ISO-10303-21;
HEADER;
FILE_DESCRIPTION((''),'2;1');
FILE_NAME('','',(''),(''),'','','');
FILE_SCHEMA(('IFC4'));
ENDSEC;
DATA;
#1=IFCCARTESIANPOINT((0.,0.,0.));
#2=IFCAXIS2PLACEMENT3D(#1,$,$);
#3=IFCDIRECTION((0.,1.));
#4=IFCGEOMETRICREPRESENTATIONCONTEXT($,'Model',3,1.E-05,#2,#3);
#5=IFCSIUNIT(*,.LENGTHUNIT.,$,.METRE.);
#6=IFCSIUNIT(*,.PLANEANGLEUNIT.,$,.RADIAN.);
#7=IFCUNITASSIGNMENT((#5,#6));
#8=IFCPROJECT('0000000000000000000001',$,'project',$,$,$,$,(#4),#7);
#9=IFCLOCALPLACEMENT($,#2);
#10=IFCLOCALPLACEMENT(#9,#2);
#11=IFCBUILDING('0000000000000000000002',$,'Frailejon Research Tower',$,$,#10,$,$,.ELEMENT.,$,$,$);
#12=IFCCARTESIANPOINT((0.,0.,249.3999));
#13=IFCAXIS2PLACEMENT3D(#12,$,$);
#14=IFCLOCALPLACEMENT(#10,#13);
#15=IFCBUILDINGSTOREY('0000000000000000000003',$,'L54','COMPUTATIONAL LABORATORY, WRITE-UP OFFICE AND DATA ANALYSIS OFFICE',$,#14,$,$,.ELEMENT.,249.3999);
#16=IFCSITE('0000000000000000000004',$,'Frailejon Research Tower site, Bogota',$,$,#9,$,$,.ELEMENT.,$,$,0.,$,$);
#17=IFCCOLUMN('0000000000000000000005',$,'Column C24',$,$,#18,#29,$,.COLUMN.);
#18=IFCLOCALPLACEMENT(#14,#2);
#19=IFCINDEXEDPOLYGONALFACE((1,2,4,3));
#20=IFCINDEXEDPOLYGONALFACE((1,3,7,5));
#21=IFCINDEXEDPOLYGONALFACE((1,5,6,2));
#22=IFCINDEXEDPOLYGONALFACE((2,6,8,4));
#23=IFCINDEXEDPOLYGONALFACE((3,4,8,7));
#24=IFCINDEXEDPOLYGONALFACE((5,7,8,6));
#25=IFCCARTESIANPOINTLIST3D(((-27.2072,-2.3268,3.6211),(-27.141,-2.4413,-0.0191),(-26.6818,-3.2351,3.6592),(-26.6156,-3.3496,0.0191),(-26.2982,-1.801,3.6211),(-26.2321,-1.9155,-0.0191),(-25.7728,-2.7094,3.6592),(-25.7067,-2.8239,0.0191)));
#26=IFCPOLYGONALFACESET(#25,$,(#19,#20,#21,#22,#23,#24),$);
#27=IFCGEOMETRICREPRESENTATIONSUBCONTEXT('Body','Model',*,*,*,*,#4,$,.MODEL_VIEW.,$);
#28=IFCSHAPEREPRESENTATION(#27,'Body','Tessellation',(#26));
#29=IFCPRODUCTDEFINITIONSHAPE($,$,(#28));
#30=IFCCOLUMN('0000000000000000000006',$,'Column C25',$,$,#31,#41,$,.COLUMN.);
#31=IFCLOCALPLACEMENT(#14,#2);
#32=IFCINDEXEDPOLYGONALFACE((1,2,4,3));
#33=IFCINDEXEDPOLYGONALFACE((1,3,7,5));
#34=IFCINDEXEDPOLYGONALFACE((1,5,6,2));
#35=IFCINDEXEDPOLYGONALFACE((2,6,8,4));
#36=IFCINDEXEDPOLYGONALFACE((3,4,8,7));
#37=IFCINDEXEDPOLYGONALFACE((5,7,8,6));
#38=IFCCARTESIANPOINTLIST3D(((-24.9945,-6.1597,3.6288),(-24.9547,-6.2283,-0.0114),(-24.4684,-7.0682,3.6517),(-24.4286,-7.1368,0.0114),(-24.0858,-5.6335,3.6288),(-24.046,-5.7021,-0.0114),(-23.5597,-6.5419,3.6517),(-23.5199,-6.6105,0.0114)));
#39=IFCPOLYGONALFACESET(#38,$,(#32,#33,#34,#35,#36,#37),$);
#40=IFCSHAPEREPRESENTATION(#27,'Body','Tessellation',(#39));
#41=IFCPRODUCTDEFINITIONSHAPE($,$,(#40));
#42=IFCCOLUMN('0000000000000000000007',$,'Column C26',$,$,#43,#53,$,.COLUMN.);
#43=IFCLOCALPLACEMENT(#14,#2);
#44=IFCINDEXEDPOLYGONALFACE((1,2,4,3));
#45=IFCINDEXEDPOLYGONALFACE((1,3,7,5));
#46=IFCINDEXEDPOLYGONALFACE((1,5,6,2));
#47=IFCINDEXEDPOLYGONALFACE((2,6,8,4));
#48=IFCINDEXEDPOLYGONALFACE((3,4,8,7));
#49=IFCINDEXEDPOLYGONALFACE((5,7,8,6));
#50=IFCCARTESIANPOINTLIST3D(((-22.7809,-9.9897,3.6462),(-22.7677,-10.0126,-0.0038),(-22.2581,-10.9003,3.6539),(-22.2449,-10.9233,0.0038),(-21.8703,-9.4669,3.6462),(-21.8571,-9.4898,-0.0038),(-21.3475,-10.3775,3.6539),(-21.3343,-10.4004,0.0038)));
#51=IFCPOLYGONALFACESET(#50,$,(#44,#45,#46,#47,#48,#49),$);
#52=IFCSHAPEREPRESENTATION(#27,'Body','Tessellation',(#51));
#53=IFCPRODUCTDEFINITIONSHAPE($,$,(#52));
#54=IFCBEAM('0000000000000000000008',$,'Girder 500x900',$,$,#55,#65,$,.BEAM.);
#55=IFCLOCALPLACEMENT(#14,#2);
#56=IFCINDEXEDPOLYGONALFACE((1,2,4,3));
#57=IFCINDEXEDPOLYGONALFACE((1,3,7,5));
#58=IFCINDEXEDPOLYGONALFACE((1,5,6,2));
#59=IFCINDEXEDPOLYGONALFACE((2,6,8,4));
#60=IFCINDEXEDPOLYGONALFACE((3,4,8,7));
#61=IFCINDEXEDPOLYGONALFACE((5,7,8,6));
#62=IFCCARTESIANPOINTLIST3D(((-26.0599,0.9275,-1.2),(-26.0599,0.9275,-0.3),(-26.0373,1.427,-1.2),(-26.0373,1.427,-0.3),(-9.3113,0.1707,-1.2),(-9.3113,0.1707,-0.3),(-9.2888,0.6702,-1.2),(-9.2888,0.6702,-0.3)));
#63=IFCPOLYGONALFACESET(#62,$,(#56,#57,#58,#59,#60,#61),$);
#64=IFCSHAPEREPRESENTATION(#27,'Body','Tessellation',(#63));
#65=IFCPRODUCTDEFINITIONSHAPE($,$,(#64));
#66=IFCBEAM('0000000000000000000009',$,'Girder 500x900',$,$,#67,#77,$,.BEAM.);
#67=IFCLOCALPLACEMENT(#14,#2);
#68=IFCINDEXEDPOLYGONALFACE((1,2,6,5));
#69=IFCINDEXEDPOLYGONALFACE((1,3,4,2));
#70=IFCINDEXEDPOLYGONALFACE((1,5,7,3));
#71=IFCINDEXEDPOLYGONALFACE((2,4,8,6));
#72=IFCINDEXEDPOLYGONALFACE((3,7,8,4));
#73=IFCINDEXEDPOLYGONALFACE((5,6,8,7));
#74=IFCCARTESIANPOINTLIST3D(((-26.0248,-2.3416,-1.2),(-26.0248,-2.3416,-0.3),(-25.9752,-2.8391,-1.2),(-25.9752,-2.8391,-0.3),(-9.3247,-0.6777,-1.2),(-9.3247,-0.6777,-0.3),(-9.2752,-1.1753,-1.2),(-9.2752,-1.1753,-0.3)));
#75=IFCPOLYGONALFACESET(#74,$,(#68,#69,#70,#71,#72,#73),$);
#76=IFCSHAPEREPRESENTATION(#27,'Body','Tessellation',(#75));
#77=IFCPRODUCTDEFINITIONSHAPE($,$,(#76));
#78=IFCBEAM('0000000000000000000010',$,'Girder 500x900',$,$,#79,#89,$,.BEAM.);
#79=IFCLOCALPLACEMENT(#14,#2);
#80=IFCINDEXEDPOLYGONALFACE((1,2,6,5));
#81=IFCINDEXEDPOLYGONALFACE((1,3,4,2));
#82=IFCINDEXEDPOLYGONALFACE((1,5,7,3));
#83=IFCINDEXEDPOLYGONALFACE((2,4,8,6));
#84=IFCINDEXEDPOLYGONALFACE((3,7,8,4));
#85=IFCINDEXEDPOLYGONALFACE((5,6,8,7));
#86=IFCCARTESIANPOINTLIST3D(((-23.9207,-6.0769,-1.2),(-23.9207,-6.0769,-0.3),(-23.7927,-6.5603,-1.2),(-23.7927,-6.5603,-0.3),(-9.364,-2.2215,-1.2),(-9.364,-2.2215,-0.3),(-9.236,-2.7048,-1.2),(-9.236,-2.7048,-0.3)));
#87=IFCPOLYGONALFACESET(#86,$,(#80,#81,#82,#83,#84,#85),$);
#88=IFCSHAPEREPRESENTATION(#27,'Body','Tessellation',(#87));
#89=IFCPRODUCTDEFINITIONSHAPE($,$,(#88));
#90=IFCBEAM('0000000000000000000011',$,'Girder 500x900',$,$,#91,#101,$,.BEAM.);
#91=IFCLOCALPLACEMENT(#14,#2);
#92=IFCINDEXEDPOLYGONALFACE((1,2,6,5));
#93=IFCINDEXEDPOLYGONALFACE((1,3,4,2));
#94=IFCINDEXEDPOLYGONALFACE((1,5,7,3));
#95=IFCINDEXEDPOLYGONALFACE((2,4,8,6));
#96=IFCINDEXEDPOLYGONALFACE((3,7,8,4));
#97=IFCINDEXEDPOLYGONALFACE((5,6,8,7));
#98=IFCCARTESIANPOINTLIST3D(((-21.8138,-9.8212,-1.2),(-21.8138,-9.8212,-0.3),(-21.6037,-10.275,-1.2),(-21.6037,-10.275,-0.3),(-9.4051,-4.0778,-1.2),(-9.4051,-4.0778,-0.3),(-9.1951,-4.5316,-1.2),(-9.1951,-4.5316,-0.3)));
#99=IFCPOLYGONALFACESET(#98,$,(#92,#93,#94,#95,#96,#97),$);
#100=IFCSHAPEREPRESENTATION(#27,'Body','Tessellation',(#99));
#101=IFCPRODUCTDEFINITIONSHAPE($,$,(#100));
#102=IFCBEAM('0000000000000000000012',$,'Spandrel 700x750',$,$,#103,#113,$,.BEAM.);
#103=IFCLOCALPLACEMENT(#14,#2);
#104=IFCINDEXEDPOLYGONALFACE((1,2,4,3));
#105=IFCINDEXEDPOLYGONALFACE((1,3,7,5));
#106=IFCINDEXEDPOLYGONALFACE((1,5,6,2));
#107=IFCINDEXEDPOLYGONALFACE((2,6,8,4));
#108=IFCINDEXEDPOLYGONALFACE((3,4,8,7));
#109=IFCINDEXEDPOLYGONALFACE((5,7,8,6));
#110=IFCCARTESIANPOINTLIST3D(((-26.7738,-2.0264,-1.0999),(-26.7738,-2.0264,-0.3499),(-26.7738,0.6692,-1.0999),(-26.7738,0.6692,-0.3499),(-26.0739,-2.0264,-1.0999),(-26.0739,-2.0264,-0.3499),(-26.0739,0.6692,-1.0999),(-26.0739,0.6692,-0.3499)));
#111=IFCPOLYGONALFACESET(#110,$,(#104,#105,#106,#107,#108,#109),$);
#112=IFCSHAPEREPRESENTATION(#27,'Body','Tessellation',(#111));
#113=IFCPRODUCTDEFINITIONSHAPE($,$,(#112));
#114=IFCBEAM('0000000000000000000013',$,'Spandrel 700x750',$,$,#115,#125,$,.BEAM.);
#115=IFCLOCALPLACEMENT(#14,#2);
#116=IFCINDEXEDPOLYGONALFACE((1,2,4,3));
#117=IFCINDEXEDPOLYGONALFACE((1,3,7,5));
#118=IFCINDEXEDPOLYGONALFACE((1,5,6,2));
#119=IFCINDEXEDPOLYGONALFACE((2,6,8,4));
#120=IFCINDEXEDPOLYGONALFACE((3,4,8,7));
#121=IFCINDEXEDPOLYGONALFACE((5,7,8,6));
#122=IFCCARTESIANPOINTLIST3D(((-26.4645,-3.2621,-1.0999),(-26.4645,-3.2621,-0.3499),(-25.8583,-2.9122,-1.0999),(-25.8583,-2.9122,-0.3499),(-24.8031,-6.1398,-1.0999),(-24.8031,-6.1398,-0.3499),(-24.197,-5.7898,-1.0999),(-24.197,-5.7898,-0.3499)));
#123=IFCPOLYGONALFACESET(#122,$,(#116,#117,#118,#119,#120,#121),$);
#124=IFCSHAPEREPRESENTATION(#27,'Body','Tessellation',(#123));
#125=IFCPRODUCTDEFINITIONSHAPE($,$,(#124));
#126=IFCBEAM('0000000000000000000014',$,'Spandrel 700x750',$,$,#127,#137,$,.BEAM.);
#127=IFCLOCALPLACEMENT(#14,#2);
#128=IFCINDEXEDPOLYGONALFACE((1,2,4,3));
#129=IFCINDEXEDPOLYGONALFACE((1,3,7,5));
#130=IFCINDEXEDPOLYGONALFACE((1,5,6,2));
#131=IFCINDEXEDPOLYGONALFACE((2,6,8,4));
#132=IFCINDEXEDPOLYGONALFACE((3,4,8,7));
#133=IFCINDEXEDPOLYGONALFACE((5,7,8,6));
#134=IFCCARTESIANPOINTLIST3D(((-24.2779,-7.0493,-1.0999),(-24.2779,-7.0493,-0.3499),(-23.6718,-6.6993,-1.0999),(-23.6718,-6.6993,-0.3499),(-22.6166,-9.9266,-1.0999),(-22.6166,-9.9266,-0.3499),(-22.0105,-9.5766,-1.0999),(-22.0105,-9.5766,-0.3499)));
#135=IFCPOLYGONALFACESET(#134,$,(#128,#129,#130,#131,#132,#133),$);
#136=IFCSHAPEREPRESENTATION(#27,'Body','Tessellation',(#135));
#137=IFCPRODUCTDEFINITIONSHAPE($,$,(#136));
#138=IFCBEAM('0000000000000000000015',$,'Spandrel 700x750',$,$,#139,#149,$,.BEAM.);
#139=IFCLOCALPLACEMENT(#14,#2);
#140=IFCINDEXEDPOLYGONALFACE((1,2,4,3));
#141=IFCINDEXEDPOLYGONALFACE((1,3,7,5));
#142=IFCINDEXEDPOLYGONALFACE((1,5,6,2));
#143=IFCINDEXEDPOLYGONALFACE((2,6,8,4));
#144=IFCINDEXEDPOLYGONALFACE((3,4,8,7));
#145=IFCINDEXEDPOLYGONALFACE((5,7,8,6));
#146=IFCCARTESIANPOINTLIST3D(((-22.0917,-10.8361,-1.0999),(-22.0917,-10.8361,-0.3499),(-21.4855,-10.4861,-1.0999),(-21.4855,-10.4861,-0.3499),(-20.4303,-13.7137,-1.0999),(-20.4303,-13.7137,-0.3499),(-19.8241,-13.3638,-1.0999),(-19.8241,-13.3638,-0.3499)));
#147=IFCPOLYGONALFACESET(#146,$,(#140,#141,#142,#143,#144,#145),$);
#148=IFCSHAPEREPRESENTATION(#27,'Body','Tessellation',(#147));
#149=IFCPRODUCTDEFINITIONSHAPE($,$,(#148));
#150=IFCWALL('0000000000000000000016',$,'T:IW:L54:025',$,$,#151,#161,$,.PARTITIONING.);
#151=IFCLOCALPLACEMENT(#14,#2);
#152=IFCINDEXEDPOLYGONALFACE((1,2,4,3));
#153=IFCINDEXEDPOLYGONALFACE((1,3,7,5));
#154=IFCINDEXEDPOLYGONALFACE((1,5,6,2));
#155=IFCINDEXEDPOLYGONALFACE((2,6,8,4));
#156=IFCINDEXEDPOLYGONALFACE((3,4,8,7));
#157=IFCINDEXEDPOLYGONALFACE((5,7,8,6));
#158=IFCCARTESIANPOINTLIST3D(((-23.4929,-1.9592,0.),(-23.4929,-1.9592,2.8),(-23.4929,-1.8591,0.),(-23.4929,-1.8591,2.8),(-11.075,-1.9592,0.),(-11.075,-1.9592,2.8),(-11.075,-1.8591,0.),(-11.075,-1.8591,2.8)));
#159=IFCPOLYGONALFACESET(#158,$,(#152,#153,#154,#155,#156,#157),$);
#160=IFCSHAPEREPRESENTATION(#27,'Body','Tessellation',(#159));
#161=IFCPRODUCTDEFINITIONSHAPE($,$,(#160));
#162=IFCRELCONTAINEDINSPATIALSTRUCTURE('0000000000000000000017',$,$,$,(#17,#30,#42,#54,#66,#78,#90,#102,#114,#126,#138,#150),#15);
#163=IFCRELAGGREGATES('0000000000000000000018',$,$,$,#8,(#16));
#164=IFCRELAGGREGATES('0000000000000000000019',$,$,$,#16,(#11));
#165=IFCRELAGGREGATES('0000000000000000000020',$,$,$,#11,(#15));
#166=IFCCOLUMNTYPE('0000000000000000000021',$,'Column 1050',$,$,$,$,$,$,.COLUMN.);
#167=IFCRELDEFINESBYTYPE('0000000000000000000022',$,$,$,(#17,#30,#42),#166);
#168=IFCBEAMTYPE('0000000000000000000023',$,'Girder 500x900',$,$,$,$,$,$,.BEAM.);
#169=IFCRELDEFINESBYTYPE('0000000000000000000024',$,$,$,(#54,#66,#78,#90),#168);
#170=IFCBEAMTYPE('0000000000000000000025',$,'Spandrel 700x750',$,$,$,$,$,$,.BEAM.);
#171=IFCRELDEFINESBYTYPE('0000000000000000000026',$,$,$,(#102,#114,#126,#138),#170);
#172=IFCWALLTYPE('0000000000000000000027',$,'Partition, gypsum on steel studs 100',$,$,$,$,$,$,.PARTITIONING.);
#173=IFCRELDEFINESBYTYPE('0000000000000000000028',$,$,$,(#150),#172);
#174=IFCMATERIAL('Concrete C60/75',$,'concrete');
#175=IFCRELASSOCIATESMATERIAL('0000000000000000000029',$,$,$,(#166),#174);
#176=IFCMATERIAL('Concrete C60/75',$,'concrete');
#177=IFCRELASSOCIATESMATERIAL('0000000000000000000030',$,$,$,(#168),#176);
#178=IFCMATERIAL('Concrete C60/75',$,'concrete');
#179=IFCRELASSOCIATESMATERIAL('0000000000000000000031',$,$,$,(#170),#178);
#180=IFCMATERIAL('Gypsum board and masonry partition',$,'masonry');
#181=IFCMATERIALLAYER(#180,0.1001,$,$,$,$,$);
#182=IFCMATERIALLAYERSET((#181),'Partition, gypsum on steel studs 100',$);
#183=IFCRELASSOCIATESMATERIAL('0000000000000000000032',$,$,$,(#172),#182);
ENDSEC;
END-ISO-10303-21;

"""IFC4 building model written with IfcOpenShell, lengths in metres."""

from ifc_helpers import new_model, si_unit, direction, frame, frame_2d, origin, origin_2d, place, context, subcontext, project, spatial, rectangle, extrude, material, layer, layer_set, material_profile, profile_set, type_object, element, save


model = new_model("IFC4")

# Units and contexts
model_context = context("Model", 3, precision=1e-05, world=origin(), true_north=direction((0.0, 1.0)))
body_context = subcontext(model_context, "Body", "Model", "MODEL_VIEW")
ifc_project = project(units=[si_unit("LENGTHUNIT", "METRE"), si_unit("PLANEANGLEUNIT", "RADIAN")], contexts=[model_context])

# Site, building, storey
site_placement = place(None, origin())
site = spatial("IfcSite", under=ifc_project, at=site_placement, Name="Frailejon Research Tower site, Bogota", CompositionType="ELEMENT", RefElevation=0.0)
building_placement = place(site_placement, origin())
building = spatial("IfcBuilding", under=site, at=building_placement, Name="Frailejon Research Tower", CompositionType="ELEMENT")
storey_placement = place(building_placement, frame((0.0, 0.0, 249.3999)))
storey = spatial("IfcBuildingStorey", under=building, at=storey_placement, Name="L54", Description="COMPUTATIONAL LABORATORY, WRITE-UP OFFICE AND DATA ANALYSIS OFFICE", CompositionType="ELEMENT", Elevation=249.3999)

# Columns
ifc_material_1 = material(Name="Concrete C60/75", Category="concrete")
ifc_material_profile_1 = material_profile(ifc_material_1, rectangle(XDim=1.05, YDim=1.05, at=origin_2d()), Name="Column 1050")
ifc_profile_set_1 = profile_set([ifc_material_profile_1], Name="Concrete C60/75")
column_type = type_object("IfcColumnType", Name="Column 1050", PredefinedType="COLUMN", material=ifc_profile_set_1)
column_1_placement = place(storey_placement, frame((-26.4238, -2.6326, 0.0), z_axis=(-0.018164, 0.031435, 0.999341), x_axis=(0.500356, -0.865058, 0.036305)))
element("IfcColumn", 1, at=column_1_placement, inside=storey, type_object=column_type, Name="Column C24", PredefinedType="COLUMN", context=body_context, shape_type="SweptSolid", body=[
    extrude(rectangle(XDim=1.05, YDim=1.05, at=origin_2d()), origin(), (0.0, 0.0, 1.0), 3.6426),
])
column_2_placement = place(storey_placement, frame((-24.2373, -6.4194, 0.0), z_axis=(-0.01093, 0.018842, 0.999763), x_axis=(0.501062, -0.865137, 0.021782)))
element("IfcColumn", 2, at=column_2_placement, inside=storey, type_object=column_type, Name="Column C25", PredefinedType="COLUMN", context=body_context, shape_type="SweptSolid", body=[
    extrude(rectangle(XDim=1.05, YDim=1.05, at=origin_2d()), origin(), (0.0, 0.0, 1.0), 3.6411),
])
column_3_placement = place(storey_placement, frame((-22.051, -10.2065, 0.0), z_axis=(-0.003612, 0.006287, 0.999974), x_axis=(0.49789, -0.86721, 0.007251)))
element("IfcColumn", 3, at=column_3_placement, inside=storey, type_object=column_type, Name="Column C26", PredefinedType="COLUMN", context=body_context, shape_type="SweptSolid", body=[
    extrude(rectangle(XDim=1.05, YDim=1.05, at=origin_2d()), origin(), (0.0, 0.0, 1.0), 3.6501),
])

# Beams
ifc_material_2 = material(Name="Concrete C60/75", Category="concrete")
ifc_material_profile_2 = material_profile(ifc_material_2, rectangle(XDim=0.5, YDim=0.8999, at=origin_2d()), Name="Girder 500x900")
ifc_profile_set_2 = profile_set([ifc_material_profile_2], Name="Concrete C60/75")
beam_type_1 = type_object("IfcBeamType", Name="Girder 500x900", PredefinedType="BEAM", material=ifc_profile_set_2)
beam_1_placement = place(storey_placement, frame((-26.0486, 1.1772, -0.75), z_axis=(0.998981, -0.045142, 0.0), x_axis=(0.045142, 0.998981, 0.0)))
element("IfcBeam", 4, at=beam_1_placement, inside=storey, type_object=beam_type_1, Name="Girder 500x900", PredefinedType="BEAM", context=body_context, shape_type="SweptSolid", body=[
    extrude(rectangle(XDim=0.5, YDim=0.8999, at=origin_2d()), origin(), (0.0, 0.0, 1.0), 16.7656),
])
beam_2_placement = place(storey_placement, frame((-26.0, -2.5903, -0.75), z_axis=(0.995074, 0.099139, 0.0), x_axis=(-0.099139, 0.995074, 0.0)))
element("IfcBeam", 5, at=beam_2_placement, inside=storey, type_object=beam_type_1, Name="Girder 500x900", PredefinedType="BEAM", context=body_context, shape_type="SweptSolid", body=[
    extrude(rectangle(XDim=0.5, YDim=0.8999, at=origin_2d()), origin(), (0.0, 0.0, 1.0), 16.7827),
])
beam_3_placement = place(storey_placement, frame((-23.8567, -6.3186, -0.75), z_axis=(0.966668, 0.256032, 0.0), x_axis=(-0.256032, 0.966668, 0.0)))
element("IfcBeam", 6, at=beam_3_placement, inside=storey, type_object=beam_type_1, Name="Girder 500x900", PredefinedType="BEAM", context=body_context, shape_type="SweptSolid", body=[
    extrude(rectangle(XDim=0.5, YDim=0.8999, at=origin_2d()), origin(), (0.0, 0.0, 1.0), 15.0586),
])
beam_4_placement = place(storey_placement, frame((-21.7087, -10.0481, -0.75), z_axis=(0.907505, 0.420042, 0.0), x_axis=(-0.420042, 0.907505, 0.0)))
element("IfcBeam", 7, at=beam_4_placement, inside=storey, type_object=beam_type_1, Name="Girder 500x900", PredefinedType="BEAM", context=body_context, shape_type="SweptSolid", body=[
    extrude(rectangle(XDim=0.5, YDim=0.8999, at=origin_2d()), origin(), (0.0, 0.0, 1.0), 13.6733),
])
ifc_material_3 = material(Name="Concrete C60/75", Category="concrete")
ifc_material_profile_3 = material_profile(ifc_material_3, rectangle(XDim=0.7, YDim=0.75, at=origin_2d()), Name="Spandrel 700x750")
ifc_profile_set_3 = profile_set([ifc_material_profile_3], Name="Concrete C60/75")
beam_type_2 = type_object("IfcBeamType", Name="Spandrel 700x750", PredefinedType="BEAM", material=ifc_profile_set_3)
beam_5_placement = place(storey_placement, frame((-26.4238, 0.6692, -0.7249), z_axis=(0.0, -1.0, 0.0), x_axis=(1.0, 0.0, 0.0)))
element("IfcBeam", 8, at=beam_5_placement, inside=storey, type_object=beam_type_2, Name="Spandrel 700x750", PredefinedType="BEAM", context=body_context, shape_type="SweptSolid", body=[
    extrude(rectangle(XDim=0.7, YDim=0.75, at=origin_2d()), origin(), (0.0, 0.0, 1.0), 2.6956),
])
beam_6_placement = place(storey_placement, frame((-26.1614, -3.0872, -0.7249), z_axis=(0.499987, -0.866033, 0.0), x_axis=(0.866033, 0.499987, 0.0)))
element("IfcBeam", 9, at=beam_6_placement, inside=storey, type_object=beam_type_2, Name="Spandrel 700x750", PredefinedType="BEAM", context=body_context, shape_type="SweptSolid", body=[
    extrude(rectangle(XDim=0.7, YDim=0.75, at=origin_2d()), origin(), (0.0, 0.0, 1.0), 3.3228),
])
beam_7_placement = place(storey_placement, frame((-23.9749, -6.8743, -0.7249), z_axis=(0.500019, -0.866014, 0.0), x_axis=(0.866014, 0.500019, 0.0)))
element("IfcBeam", 10, at=beam_7_placement, inside=storey, type_object=beam_type_2, Name="Spandrel 700x750", PredefinedType="BEAM", context=body_context, shape_type="SweptSolid", body=[
    extrude(rectangle(XDim=0.7, YDim=0.75, at=origin_2d()), origin(), (0.0, 0.0, 1.0), 3.3225),
])
beam_8_placement = place(storey_placement, frame((-21.7886, -10.6611, -0.7249), z_axis=(0.499987, -0.866033, 0.0), x_axis=(0.866033, 0.499987, 0.0)))
element("IfcBeam", 11, at=beam_8_placement, inside=storey, type_object=beam_type_2, Name="Spandrel 700x750", PredefinedType="BEAM", context=body_context, shape_type="SweptSolid", body=[
    extrude(rectangle(XDim=0.7, YDim=0.75, at=origin_2d()), origin(), (0.0, 0.0, 1.0), 3.3228),
])

# Wall
ifc_material_4 = material(Name="Gypsum board and masonry partition", Category="masonry")
ifc_layer_1 = layer(ifc_material_4, 0.1001)
ifc_layer_set_1 = layer_set([ifc_layer_1], Name="Partition, gypsum on steel studs 100")
wall_type_1 = type_object("IfcWallType", Name="Partition, gypsum on steel studs 100", PredefinedType="PARTITIONING", material=ifc_layer_set_1)
wall_1_placement = place(storey_placement, frame((-23.4929, -1.9092, 0.0), z_axis=(0.0, 0.0, 1.0), x_axis=(1.0, 0.0, 0.0)))
element("IfcWall", 12, at=wall_1_placement, inside=storey, type_object=wall_type_1, Name="T:IW:L54:025", PredefinedType="PARTITIONING", context=body_context, shape_type="SweptSolid", body=[
    extrude(rectangle(XDim=12.418, YDim=0.1001, at=frame_2d((6.209, 0.0))), origin(), (0.0, 0.0, 1.0), 2.8),
])

save(model, "model.ifc")
